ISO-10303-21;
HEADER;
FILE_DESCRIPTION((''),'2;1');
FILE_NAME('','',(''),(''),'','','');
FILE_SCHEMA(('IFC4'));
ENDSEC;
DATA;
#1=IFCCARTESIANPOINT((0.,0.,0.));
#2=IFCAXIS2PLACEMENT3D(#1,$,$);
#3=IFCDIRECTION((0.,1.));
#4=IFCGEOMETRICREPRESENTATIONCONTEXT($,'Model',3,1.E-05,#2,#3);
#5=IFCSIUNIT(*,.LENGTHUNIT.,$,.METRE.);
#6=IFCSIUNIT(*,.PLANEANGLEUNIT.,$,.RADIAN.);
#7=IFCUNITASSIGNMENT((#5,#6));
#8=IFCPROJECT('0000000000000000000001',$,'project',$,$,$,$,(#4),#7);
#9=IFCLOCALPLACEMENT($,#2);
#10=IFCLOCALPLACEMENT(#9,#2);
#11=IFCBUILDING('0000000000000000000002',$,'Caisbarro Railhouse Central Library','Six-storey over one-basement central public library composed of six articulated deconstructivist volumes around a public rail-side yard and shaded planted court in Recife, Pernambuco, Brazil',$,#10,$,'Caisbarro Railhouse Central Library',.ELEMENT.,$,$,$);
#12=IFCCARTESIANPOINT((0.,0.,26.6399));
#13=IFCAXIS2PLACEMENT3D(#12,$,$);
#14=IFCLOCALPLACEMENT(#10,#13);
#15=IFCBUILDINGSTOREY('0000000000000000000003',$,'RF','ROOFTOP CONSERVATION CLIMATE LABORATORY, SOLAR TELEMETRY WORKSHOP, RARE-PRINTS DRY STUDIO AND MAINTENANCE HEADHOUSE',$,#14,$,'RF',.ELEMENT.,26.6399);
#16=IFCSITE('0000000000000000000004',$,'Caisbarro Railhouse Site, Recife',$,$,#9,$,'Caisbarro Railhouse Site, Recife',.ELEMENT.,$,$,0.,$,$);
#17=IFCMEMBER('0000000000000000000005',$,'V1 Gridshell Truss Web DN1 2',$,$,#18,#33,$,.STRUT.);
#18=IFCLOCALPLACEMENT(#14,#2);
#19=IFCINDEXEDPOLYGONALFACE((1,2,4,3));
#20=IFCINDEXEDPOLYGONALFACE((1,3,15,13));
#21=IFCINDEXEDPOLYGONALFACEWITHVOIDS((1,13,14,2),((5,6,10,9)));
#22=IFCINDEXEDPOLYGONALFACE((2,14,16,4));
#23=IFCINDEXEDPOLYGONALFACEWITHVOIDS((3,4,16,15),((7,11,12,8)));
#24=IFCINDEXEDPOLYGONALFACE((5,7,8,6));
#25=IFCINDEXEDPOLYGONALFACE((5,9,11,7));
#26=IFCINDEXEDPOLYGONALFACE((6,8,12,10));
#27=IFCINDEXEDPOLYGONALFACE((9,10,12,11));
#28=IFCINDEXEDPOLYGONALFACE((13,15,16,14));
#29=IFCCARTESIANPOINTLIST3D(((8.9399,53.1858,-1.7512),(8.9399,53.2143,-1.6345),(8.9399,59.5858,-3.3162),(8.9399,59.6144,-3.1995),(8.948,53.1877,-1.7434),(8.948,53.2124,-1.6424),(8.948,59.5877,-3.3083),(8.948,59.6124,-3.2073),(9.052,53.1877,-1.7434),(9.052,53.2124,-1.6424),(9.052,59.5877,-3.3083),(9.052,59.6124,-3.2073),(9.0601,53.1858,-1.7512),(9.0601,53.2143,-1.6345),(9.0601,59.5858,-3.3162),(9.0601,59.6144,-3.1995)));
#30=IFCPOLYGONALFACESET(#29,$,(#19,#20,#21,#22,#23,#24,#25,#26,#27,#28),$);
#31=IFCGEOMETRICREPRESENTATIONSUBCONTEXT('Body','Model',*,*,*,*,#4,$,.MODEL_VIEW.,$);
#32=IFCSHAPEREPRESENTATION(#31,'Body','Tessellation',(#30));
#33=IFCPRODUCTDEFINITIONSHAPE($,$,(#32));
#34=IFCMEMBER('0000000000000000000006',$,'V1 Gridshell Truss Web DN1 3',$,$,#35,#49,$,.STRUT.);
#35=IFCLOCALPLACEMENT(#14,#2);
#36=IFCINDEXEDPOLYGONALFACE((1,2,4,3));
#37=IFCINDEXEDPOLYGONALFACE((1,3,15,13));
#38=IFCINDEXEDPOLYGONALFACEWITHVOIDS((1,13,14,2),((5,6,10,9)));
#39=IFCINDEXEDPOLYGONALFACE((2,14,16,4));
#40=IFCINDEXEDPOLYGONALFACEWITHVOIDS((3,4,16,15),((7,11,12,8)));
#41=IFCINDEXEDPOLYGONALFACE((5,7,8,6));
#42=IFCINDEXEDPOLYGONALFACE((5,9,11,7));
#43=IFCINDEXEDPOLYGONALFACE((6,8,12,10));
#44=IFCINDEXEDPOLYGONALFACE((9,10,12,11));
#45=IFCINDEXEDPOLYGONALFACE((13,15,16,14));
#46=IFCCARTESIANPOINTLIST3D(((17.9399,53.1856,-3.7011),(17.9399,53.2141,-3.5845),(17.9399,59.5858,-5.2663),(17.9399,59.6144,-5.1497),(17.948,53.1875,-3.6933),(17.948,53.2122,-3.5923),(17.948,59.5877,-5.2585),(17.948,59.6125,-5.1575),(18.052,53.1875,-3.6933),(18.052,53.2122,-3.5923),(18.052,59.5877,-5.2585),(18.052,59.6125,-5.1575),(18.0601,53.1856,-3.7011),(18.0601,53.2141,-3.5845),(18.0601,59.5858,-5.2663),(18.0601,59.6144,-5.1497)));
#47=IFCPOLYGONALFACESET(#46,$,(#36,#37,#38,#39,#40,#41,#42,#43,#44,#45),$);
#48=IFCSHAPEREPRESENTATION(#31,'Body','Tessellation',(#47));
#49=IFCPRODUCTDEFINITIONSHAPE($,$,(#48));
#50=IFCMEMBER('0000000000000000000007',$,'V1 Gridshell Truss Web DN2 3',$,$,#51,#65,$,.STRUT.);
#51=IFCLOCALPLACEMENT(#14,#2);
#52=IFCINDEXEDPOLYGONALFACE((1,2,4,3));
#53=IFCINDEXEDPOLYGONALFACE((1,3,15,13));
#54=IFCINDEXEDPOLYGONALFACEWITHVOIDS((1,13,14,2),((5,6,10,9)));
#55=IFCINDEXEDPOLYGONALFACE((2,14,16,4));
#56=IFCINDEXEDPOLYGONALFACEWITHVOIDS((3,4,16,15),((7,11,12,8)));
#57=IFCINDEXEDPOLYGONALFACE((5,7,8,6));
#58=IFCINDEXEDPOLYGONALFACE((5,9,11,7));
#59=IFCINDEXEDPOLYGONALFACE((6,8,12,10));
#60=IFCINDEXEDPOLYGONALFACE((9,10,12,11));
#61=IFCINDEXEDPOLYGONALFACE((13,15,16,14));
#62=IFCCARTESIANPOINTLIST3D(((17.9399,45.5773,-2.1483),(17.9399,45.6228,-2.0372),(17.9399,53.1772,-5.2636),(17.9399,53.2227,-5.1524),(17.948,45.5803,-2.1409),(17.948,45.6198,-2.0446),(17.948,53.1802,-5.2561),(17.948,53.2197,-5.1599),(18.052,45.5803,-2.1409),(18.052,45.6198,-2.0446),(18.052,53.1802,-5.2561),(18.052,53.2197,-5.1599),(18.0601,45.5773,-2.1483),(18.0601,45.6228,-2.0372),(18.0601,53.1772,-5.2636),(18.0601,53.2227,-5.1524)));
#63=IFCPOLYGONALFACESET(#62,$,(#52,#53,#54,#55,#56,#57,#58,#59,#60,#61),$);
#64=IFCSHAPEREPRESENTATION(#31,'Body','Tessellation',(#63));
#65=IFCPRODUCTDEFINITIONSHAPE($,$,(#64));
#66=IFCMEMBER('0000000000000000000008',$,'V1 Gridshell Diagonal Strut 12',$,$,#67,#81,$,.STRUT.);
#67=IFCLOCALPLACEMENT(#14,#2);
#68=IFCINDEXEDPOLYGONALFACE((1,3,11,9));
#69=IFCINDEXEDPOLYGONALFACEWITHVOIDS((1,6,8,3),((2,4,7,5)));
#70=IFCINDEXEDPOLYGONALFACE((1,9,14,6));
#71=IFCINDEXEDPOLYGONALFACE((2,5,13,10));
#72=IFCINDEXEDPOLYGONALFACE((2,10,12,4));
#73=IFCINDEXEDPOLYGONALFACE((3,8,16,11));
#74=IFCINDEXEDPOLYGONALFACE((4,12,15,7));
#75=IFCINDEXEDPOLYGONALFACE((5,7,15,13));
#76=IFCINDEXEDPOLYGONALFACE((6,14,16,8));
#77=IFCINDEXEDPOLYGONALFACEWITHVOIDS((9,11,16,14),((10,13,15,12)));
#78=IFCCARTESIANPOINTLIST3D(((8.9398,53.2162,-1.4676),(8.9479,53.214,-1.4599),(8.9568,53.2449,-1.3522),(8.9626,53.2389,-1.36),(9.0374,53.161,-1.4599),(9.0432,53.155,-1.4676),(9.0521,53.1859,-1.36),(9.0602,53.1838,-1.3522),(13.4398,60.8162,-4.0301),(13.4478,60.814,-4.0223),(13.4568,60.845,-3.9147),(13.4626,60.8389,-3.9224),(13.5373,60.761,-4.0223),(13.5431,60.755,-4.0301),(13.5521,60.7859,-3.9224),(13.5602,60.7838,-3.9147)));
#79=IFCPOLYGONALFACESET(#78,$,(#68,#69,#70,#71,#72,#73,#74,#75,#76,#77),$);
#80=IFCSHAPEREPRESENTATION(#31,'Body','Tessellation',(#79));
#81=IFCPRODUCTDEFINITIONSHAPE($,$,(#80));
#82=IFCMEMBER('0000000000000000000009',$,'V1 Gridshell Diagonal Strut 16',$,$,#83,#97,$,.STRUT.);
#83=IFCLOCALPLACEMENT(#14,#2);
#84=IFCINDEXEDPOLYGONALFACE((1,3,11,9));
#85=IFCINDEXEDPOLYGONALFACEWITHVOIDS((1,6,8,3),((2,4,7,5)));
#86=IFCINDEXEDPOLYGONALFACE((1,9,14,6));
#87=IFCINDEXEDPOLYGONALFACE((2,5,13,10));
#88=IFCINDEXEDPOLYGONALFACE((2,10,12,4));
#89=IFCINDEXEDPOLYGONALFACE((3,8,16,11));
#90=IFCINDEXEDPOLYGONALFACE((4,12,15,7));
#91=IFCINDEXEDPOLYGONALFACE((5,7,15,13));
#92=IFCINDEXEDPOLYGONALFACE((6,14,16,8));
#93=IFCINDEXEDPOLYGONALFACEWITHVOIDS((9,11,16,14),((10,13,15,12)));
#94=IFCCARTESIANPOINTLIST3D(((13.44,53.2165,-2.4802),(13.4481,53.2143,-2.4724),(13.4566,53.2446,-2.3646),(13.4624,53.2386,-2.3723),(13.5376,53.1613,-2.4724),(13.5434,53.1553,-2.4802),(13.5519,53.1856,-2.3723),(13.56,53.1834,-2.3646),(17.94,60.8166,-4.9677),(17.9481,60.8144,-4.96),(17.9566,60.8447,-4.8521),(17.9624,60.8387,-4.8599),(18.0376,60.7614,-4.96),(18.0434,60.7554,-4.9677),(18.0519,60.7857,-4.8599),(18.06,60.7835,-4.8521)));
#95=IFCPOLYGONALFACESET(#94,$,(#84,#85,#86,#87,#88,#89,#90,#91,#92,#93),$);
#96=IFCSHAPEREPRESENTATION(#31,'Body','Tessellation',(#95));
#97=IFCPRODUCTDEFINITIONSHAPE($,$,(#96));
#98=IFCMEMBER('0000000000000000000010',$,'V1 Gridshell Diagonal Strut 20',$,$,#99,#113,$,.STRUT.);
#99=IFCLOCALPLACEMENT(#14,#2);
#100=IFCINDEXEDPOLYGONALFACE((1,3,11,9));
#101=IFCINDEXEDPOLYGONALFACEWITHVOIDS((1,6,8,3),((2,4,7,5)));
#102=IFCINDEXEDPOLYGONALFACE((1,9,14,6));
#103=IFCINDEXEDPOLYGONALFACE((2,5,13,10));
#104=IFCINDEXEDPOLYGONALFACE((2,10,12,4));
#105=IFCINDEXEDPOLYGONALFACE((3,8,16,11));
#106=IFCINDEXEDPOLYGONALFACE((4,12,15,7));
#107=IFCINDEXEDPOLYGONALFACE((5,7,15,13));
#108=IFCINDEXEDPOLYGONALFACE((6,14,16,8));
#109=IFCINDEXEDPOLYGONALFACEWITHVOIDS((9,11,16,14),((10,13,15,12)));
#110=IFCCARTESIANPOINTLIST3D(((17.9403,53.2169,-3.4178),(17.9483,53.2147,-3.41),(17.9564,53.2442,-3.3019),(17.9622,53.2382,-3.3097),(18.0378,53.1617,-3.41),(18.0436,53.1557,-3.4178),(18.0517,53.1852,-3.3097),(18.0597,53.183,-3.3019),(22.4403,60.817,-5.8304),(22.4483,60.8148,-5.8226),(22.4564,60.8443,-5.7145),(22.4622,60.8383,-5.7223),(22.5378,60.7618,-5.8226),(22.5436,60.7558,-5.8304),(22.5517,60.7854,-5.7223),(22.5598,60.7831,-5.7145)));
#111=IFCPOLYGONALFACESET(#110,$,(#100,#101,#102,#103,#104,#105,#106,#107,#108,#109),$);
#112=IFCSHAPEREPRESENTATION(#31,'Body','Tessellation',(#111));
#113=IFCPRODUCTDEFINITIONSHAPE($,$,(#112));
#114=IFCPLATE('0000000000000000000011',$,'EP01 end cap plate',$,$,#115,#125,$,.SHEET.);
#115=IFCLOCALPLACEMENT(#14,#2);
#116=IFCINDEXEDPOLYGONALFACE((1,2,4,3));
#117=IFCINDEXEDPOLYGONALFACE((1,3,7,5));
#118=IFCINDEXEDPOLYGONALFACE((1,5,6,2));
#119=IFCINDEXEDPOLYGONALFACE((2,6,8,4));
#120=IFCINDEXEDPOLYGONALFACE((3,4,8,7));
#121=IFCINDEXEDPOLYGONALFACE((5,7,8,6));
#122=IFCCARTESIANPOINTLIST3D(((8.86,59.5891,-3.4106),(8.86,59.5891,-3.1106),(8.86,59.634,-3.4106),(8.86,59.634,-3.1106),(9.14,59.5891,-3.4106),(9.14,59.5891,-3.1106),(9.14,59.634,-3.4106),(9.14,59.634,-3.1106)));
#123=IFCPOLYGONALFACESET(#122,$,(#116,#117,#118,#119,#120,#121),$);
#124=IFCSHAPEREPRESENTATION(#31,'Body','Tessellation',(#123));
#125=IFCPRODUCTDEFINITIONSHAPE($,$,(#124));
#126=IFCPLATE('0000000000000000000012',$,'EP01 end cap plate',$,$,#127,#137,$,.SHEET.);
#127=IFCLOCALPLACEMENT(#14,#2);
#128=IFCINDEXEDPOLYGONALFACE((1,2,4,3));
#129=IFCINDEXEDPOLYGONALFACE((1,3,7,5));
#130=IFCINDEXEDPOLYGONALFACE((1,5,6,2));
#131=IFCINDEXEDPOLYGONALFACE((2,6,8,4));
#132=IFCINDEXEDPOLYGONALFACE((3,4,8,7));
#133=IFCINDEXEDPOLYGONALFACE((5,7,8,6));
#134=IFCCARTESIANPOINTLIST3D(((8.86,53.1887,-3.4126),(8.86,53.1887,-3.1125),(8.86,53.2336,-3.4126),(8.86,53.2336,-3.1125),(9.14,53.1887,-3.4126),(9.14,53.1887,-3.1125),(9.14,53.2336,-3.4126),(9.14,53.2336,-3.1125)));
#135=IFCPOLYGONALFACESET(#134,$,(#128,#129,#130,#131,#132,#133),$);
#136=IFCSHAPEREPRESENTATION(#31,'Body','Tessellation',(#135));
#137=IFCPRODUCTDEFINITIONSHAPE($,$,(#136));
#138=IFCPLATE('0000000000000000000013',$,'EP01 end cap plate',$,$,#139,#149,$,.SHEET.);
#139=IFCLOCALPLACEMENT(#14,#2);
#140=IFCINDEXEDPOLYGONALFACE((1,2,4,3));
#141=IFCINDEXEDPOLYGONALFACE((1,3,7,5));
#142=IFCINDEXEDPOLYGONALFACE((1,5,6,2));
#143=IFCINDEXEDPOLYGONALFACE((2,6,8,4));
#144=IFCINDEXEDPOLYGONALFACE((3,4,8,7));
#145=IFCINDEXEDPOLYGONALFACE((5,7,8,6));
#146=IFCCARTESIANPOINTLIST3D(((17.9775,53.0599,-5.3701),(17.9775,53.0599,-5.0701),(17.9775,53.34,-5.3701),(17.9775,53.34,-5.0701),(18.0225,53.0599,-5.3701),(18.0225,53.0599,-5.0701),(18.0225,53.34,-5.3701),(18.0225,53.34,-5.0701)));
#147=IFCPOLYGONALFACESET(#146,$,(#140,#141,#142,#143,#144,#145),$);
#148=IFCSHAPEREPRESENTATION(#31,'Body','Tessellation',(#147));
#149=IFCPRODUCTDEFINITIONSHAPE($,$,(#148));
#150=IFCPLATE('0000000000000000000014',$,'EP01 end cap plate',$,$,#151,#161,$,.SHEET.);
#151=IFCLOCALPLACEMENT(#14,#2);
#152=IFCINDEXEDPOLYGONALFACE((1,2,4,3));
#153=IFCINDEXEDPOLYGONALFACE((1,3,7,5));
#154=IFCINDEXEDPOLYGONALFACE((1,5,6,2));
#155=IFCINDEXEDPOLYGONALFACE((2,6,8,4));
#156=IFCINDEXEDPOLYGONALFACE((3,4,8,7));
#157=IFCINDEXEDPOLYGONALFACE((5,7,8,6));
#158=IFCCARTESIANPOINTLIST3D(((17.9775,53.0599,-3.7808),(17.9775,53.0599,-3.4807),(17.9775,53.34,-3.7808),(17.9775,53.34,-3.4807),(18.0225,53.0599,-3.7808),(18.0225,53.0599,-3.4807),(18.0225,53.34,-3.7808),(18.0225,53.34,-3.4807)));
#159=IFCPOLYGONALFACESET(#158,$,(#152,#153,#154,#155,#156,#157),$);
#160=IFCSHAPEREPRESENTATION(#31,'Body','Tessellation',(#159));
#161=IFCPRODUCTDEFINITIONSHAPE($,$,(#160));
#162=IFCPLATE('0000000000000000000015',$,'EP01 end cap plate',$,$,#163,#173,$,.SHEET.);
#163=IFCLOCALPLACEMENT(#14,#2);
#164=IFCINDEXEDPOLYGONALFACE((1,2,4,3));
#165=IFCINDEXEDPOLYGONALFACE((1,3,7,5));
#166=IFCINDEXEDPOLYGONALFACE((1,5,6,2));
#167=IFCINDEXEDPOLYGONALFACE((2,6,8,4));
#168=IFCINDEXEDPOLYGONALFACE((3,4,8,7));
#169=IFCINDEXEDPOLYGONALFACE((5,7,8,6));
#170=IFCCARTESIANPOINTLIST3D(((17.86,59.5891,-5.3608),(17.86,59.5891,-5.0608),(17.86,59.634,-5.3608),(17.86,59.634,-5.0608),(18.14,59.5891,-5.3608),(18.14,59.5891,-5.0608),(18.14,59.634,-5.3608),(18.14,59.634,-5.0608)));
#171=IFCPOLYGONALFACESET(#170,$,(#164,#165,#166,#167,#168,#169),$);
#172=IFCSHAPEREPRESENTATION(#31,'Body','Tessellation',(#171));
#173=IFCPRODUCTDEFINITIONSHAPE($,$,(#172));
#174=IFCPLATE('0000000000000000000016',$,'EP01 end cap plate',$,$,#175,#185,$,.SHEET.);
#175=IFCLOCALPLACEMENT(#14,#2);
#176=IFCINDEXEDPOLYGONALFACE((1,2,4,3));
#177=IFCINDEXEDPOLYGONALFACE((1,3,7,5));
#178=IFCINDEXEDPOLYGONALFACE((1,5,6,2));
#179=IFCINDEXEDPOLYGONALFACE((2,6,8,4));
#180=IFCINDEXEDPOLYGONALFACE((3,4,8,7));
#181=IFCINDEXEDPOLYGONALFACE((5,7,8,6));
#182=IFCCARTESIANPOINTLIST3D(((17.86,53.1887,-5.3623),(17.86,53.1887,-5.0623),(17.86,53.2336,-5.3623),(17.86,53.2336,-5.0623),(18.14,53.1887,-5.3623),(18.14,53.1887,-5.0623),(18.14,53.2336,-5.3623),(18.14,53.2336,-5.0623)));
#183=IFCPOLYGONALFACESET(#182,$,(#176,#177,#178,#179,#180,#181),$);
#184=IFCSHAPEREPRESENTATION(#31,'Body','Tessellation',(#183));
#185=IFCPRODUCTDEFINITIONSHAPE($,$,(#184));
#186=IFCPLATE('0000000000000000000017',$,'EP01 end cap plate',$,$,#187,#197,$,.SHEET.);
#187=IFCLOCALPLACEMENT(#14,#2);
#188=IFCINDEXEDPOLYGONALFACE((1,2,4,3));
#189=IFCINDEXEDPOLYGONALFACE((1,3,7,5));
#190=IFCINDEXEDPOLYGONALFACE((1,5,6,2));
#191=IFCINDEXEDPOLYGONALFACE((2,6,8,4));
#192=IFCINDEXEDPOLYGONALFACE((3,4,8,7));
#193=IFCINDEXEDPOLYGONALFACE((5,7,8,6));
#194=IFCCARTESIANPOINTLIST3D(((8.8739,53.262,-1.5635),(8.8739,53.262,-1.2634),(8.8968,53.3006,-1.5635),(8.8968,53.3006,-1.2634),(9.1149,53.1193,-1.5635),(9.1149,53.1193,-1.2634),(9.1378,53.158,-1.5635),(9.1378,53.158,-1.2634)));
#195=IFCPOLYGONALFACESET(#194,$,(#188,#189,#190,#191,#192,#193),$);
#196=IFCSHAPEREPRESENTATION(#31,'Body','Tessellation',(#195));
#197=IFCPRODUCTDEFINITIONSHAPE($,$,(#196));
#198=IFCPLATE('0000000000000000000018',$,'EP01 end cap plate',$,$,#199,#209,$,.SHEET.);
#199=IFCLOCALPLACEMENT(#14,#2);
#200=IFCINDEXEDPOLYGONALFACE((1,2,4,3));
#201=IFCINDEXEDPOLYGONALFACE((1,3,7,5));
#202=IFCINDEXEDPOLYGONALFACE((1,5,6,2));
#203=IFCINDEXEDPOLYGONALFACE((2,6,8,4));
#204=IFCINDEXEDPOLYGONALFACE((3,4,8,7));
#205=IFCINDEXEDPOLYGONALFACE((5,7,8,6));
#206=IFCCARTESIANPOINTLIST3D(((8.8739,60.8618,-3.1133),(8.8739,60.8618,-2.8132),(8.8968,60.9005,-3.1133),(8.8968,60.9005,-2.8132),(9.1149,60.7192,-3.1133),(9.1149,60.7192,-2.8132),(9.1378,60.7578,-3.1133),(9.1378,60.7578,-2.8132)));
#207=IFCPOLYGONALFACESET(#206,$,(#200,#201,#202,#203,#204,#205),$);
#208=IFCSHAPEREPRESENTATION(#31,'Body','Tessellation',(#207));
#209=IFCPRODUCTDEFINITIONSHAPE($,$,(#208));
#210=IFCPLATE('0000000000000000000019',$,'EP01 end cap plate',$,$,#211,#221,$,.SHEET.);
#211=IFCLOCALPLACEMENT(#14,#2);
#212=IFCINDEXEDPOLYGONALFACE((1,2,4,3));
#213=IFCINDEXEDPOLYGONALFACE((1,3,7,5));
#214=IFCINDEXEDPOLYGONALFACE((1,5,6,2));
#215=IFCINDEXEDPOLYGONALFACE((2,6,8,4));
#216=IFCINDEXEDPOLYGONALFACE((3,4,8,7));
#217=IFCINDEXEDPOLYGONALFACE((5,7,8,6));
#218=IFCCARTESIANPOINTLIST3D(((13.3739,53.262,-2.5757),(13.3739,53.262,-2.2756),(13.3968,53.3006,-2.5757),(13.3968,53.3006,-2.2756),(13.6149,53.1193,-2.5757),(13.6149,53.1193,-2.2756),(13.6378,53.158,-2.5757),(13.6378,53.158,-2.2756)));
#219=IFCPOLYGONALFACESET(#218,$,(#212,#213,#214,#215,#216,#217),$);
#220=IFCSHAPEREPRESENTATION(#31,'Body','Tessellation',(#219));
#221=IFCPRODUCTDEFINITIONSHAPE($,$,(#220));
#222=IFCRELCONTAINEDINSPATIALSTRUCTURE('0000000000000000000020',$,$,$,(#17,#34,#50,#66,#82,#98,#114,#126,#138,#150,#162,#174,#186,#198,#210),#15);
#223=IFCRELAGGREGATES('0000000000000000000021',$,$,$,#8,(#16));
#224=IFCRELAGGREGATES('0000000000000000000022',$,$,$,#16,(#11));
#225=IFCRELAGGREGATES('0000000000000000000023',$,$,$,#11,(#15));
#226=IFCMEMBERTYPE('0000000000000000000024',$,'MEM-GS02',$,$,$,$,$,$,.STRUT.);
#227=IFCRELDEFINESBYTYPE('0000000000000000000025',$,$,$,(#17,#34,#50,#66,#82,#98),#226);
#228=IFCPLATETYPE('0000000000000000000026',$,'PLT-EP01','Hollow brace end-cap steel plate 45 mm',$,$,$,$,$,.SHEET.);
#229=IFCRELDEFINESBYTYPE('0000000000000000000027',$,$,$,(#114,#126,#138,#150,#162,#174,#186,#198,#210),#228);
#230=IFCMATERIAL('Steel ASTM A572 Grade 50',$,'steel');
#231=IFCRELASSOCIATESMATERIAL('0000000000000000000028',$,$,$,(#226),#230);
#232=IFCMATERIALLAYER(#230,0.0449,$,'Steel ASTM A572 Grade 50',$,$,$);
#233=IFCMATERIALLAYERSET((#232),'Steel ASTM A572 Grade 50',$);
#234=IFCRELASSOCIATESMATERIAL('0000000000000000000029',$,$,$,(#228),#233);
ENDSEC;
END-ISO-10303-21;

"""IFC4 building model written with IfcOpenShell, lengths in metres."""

from ifc_helpers import new_model, si_unit, direction, frame, origin, origin_2d, place, context, subcontext, project, spatial, rectangle, hollow_rectangle, extrude, material, layer, layer_set, material_profile, profile_set, type_object, element, save


model = new_model("IFC4")

# Units and contexts
model_context = context("Model", 3, precision=1e-05, world=origin(), true_north=direction((0.0, 1.0)))
body_context = subcontext(model_context, "Body", "Model", "MODEL_VIEW")
ifc_project = project(units=[si_unit("LENGTHUNIT", "METRE"), si_unit("PLANEANGLEUNIT", "RADIAN")], contexts=[model_context])

# Site, building, storey
site_placement = place(None, origin())
site = spatial("IfcSite", under=ifc_project, at=site_placement, Name="Caisbarro Railhouse Site, Recife", LongName="Caisbarro Railhouse Site, Recife", CompositionType="ELEMENT", RefElevation=0.0)
building_placement = place(site_placement, origin())
building = spatial("IfcBuilding", under=site, at=building_placement, Name="Caisbarro Railhouse Central Library", Description="Six-storey over one-basement central public library composed of six articulated deconstructivist volumes around a public rail-side yard and shaded planted court in Recife, Pernambuco, Brazil", LongName="Caisbarro Railhouse Central Library", CompositionType="ELEMENT")
storey_placement = place(building_placement, frame((0.0, 0.0, 26.6399)))
storey = spatial("IfcBuildingStorey", under=building, at=storey_placement, Name="RF", Description="ROOFTOP CONSERVATION CLIMATE LABORATORY, SOLAR TELEMETRY WORKSHOP, RARE-PRINTS DRY STUDIO AND MAINTENANCE HEADHOUSE", LongName="RF", CompositionType="ELEMENT", Elevation=26.6399)

# Shared definitions
ifc_material = material(Name="Steel ASTM A572 Grade 50", Category="steel")

# Members
ifc_material_profile_1 = material_profile(ifc_material, hollow_rectangle(XDim=0.1201, YDim=0.1201, WallThickness=0.0081, at=origin_2d()), Name="HSS120X120X8")
ifc_profile_set_1 = profile_set([ifc_material_profile_1], Name="Steel ASTM A572 Grade 50")
member_type_1 = type_object("IfcMemberType", Name="MEM-GS02", PredefinedType="STRUT", material=ifc_profile_set_1)
member_1_placement = place(storey_placement, frame((9.0, 59.6001, -3.2578), z_axis=(0.0, -0.971383, 0.237519), x_axis=(1.0, 0.0, 0.0)))
element("IfcMember", 1, at=member_1_placement, inside=storey, type_object=member_type_1, Name="V1 Gridshell Truss Web DN1 2", PredefinedType="STRUT", context=body_context, shape_type="SweptSolid", body=[
    extrude(hollow_rectangle(XDim=0.1201, YDim=0.1201, WallThickness=0.0081, at=origin_2d()), origin(), (0.0, 0.0, 1.0), 6.5886),
])
member_2_placement = place(storey_placement, frame((18.0, 59.6001, -5.208), z_axis=(0.0, -0.971374, 0.237554), x_axis=(1.0, 0.0, 0.0)))
element("IfcMember", 2, at=member_2_placement, inside=storey, type_object=member_type_1, Name="V1 Gridshell Truss Web DN1 3", PredefinedType="STRUT", context=body_context, shape_type="SweptSolid", body=[
    extrude(hollow_rectangle(XDim=0.1201, YDim=0.1201, WallThickness=0.0081, at=origin_2d()), origin(), (0.0, 0.0, 1.0), 6.5889),
])
member_3_placement = place(storey_placement, frame((18.0, 53.2, -5.208), z_axis=(0.0, -0.925282, 0.37928), x_axis=(1.0, 0.0, 0.0)))
element("IfcMember", 3, at=member_3_placement, inside=storey, type_object=member_type_1, Name="V1 Gridshell Truss Web DN2 3", PredefinedType="STRUT", context=body_context, shape_type="SweptSolid", body=[
    extrude(hollow_rectangle(XDim=0.1201, YDim=0.1201, WallThickness=0.0081, at=origin_2d()), origin(), (0.0, 0.0, 1.0), 8.2136),
])
member_4_placement = place(storey_placement, frame((9.0, 53.2, -1.4099), z_axis=(0.48931, 0.826401, -0.278635), x_axis=(-0.860478, 0.509487, 0.0)))
element("IfcMember", 4, at=member_4_placement, inside=storey, type_object=member_type_1, Name="V1 Gridshell Diagonal Strut 12", PredefinedType="STRUT", context=body_context, shape_type="SweptSolid", body=[
    extrude(hollow_rectangle(XDim=0.1201, YDim=0.1201, WallThickness=0.0081, at=origin_2d()), origin(), (0.0, 0.0, 1.0), 9.1965),
])
member_5_placement = place(storey_placement, frame((13.5, 53.2, -2.4224), z_axis=(0.490409, 0.828256, -0.271092), x_axis=(-0.860478, 0.509487, 0.0)))
element("IfcMember", 5, at=member_5_placement, inside=storey, type_object=member_type_1, Name="V1 Gridshell Diagonal Strut 16", PredefinedType="STRUT", context=body_context, shape_type="SweptSolid", body=[
    extrude(hollow_rectangle(XDim=0.1201, YDim=0.1201, WallThickness=0.0081, at=origin_2d()), origin(), (0.0, 0.0, 1.0), 9.176),
])
member_6_placement = place(storey_placement, frame((18.0, 53.2, -3.3599), z_axis=(0.491482, 0.830069, -0.263499), x_axis=(-0.860478, 0.509487, 0.0)))
element("IfcMember", 6, at=member_6_placement, inside=storey, type_object=member_type_1, Name="V1 Gridshell Diagonal Strut 20", PredefinedType="STRUT", context=body_context, shape_type="SweptSolid", body=[
    extrude(hollow_rectangle(XDim=0.1201, YDim=0.1201, WallThickness=0.0081, at=origin_2d()), origin(), (0.0, 0.0, 1.0), 9.156),
])

# Plates
ifc_layer = layer(ifc_material, 0.0449, Name="Steel ASTM A572 Grade 50")
ifc_layer_set = layer_set([ifc_layer], Name="Steel ASTM A572 Grade 50")
plate_type = type_object("IfcPlateType", Name="PLT-EP01", Description="Hollow brace end-cap steel plate 45 mm", PredefinedType="SHEET", material=ifc_layer_set)
for number, where, z_axis, x_axis, name in (
    (7, (9.0, 59.6116, -3.4106), (0.0, 0.0, 1.0), (0.0, -1.0, 0.0), "EP01 end cap plate"),
    (8, (9.0, 53.2112, -3.4126), (0.0, 0.0, 1.0), (0.0, -1.0, 0.0), "EP01 end cap plate"),
    (9, (18.0, 53.2, -5.3701), (0.0, 0.0, 1.0), (1.0, 0.0, 0.0), "EP01 end cap plate"),
    (10, (18.0, 53.2, -3.7808), (0.0, 0.0, 1.0), (1.0, 0.0, 0.0), "EP01 end cap plate"),
    (11, (18.0, 59.6116, -5.3608), (0.0, 0.0, 1.0), (0.0, -1.0, 0.0), "EP01 end cap plate"),
    (12, (18.0, 53.2112, -5.3623), (0.0, 0.0, 1.0), (0.0, -1.0, 0.0), "EP01 end cap plate"),
    (13, (9.0059, 53.21, -1.5635), (0.0, 0.0, 1.0), (0.509492, 0.860475, 0.0), "EP01 end cap plate"),
    (14, (9.0059, 60.8098, -3.1133), (0.0, 0.0, 1.0), (0.509492, 0.860475, 0.0), "EP01 end cap plate"),
    (15, (13.5059, 53.21, -2.5757), (0.0, 0.0, 1.0), (0.509492, 0.860475, 0.0), "EP01 end cap plate"),
):
    element("IfcPlate", number, at=place(storey_placement, frame(where, z_axis=z_axis, x_axis=x_axis)), inside=storey, type_object=plate_type, Name=name, PredefinedType="SHEET", context=body_context, shape_type="SweptSolid", body=[
        extrude(rectangle(XDim=0.0449, YDim=0.28, at=origin_2d()), origin(), (0.0, 0.0, 1.0), 0.3),
    ])

save(model, "model.ifc")
